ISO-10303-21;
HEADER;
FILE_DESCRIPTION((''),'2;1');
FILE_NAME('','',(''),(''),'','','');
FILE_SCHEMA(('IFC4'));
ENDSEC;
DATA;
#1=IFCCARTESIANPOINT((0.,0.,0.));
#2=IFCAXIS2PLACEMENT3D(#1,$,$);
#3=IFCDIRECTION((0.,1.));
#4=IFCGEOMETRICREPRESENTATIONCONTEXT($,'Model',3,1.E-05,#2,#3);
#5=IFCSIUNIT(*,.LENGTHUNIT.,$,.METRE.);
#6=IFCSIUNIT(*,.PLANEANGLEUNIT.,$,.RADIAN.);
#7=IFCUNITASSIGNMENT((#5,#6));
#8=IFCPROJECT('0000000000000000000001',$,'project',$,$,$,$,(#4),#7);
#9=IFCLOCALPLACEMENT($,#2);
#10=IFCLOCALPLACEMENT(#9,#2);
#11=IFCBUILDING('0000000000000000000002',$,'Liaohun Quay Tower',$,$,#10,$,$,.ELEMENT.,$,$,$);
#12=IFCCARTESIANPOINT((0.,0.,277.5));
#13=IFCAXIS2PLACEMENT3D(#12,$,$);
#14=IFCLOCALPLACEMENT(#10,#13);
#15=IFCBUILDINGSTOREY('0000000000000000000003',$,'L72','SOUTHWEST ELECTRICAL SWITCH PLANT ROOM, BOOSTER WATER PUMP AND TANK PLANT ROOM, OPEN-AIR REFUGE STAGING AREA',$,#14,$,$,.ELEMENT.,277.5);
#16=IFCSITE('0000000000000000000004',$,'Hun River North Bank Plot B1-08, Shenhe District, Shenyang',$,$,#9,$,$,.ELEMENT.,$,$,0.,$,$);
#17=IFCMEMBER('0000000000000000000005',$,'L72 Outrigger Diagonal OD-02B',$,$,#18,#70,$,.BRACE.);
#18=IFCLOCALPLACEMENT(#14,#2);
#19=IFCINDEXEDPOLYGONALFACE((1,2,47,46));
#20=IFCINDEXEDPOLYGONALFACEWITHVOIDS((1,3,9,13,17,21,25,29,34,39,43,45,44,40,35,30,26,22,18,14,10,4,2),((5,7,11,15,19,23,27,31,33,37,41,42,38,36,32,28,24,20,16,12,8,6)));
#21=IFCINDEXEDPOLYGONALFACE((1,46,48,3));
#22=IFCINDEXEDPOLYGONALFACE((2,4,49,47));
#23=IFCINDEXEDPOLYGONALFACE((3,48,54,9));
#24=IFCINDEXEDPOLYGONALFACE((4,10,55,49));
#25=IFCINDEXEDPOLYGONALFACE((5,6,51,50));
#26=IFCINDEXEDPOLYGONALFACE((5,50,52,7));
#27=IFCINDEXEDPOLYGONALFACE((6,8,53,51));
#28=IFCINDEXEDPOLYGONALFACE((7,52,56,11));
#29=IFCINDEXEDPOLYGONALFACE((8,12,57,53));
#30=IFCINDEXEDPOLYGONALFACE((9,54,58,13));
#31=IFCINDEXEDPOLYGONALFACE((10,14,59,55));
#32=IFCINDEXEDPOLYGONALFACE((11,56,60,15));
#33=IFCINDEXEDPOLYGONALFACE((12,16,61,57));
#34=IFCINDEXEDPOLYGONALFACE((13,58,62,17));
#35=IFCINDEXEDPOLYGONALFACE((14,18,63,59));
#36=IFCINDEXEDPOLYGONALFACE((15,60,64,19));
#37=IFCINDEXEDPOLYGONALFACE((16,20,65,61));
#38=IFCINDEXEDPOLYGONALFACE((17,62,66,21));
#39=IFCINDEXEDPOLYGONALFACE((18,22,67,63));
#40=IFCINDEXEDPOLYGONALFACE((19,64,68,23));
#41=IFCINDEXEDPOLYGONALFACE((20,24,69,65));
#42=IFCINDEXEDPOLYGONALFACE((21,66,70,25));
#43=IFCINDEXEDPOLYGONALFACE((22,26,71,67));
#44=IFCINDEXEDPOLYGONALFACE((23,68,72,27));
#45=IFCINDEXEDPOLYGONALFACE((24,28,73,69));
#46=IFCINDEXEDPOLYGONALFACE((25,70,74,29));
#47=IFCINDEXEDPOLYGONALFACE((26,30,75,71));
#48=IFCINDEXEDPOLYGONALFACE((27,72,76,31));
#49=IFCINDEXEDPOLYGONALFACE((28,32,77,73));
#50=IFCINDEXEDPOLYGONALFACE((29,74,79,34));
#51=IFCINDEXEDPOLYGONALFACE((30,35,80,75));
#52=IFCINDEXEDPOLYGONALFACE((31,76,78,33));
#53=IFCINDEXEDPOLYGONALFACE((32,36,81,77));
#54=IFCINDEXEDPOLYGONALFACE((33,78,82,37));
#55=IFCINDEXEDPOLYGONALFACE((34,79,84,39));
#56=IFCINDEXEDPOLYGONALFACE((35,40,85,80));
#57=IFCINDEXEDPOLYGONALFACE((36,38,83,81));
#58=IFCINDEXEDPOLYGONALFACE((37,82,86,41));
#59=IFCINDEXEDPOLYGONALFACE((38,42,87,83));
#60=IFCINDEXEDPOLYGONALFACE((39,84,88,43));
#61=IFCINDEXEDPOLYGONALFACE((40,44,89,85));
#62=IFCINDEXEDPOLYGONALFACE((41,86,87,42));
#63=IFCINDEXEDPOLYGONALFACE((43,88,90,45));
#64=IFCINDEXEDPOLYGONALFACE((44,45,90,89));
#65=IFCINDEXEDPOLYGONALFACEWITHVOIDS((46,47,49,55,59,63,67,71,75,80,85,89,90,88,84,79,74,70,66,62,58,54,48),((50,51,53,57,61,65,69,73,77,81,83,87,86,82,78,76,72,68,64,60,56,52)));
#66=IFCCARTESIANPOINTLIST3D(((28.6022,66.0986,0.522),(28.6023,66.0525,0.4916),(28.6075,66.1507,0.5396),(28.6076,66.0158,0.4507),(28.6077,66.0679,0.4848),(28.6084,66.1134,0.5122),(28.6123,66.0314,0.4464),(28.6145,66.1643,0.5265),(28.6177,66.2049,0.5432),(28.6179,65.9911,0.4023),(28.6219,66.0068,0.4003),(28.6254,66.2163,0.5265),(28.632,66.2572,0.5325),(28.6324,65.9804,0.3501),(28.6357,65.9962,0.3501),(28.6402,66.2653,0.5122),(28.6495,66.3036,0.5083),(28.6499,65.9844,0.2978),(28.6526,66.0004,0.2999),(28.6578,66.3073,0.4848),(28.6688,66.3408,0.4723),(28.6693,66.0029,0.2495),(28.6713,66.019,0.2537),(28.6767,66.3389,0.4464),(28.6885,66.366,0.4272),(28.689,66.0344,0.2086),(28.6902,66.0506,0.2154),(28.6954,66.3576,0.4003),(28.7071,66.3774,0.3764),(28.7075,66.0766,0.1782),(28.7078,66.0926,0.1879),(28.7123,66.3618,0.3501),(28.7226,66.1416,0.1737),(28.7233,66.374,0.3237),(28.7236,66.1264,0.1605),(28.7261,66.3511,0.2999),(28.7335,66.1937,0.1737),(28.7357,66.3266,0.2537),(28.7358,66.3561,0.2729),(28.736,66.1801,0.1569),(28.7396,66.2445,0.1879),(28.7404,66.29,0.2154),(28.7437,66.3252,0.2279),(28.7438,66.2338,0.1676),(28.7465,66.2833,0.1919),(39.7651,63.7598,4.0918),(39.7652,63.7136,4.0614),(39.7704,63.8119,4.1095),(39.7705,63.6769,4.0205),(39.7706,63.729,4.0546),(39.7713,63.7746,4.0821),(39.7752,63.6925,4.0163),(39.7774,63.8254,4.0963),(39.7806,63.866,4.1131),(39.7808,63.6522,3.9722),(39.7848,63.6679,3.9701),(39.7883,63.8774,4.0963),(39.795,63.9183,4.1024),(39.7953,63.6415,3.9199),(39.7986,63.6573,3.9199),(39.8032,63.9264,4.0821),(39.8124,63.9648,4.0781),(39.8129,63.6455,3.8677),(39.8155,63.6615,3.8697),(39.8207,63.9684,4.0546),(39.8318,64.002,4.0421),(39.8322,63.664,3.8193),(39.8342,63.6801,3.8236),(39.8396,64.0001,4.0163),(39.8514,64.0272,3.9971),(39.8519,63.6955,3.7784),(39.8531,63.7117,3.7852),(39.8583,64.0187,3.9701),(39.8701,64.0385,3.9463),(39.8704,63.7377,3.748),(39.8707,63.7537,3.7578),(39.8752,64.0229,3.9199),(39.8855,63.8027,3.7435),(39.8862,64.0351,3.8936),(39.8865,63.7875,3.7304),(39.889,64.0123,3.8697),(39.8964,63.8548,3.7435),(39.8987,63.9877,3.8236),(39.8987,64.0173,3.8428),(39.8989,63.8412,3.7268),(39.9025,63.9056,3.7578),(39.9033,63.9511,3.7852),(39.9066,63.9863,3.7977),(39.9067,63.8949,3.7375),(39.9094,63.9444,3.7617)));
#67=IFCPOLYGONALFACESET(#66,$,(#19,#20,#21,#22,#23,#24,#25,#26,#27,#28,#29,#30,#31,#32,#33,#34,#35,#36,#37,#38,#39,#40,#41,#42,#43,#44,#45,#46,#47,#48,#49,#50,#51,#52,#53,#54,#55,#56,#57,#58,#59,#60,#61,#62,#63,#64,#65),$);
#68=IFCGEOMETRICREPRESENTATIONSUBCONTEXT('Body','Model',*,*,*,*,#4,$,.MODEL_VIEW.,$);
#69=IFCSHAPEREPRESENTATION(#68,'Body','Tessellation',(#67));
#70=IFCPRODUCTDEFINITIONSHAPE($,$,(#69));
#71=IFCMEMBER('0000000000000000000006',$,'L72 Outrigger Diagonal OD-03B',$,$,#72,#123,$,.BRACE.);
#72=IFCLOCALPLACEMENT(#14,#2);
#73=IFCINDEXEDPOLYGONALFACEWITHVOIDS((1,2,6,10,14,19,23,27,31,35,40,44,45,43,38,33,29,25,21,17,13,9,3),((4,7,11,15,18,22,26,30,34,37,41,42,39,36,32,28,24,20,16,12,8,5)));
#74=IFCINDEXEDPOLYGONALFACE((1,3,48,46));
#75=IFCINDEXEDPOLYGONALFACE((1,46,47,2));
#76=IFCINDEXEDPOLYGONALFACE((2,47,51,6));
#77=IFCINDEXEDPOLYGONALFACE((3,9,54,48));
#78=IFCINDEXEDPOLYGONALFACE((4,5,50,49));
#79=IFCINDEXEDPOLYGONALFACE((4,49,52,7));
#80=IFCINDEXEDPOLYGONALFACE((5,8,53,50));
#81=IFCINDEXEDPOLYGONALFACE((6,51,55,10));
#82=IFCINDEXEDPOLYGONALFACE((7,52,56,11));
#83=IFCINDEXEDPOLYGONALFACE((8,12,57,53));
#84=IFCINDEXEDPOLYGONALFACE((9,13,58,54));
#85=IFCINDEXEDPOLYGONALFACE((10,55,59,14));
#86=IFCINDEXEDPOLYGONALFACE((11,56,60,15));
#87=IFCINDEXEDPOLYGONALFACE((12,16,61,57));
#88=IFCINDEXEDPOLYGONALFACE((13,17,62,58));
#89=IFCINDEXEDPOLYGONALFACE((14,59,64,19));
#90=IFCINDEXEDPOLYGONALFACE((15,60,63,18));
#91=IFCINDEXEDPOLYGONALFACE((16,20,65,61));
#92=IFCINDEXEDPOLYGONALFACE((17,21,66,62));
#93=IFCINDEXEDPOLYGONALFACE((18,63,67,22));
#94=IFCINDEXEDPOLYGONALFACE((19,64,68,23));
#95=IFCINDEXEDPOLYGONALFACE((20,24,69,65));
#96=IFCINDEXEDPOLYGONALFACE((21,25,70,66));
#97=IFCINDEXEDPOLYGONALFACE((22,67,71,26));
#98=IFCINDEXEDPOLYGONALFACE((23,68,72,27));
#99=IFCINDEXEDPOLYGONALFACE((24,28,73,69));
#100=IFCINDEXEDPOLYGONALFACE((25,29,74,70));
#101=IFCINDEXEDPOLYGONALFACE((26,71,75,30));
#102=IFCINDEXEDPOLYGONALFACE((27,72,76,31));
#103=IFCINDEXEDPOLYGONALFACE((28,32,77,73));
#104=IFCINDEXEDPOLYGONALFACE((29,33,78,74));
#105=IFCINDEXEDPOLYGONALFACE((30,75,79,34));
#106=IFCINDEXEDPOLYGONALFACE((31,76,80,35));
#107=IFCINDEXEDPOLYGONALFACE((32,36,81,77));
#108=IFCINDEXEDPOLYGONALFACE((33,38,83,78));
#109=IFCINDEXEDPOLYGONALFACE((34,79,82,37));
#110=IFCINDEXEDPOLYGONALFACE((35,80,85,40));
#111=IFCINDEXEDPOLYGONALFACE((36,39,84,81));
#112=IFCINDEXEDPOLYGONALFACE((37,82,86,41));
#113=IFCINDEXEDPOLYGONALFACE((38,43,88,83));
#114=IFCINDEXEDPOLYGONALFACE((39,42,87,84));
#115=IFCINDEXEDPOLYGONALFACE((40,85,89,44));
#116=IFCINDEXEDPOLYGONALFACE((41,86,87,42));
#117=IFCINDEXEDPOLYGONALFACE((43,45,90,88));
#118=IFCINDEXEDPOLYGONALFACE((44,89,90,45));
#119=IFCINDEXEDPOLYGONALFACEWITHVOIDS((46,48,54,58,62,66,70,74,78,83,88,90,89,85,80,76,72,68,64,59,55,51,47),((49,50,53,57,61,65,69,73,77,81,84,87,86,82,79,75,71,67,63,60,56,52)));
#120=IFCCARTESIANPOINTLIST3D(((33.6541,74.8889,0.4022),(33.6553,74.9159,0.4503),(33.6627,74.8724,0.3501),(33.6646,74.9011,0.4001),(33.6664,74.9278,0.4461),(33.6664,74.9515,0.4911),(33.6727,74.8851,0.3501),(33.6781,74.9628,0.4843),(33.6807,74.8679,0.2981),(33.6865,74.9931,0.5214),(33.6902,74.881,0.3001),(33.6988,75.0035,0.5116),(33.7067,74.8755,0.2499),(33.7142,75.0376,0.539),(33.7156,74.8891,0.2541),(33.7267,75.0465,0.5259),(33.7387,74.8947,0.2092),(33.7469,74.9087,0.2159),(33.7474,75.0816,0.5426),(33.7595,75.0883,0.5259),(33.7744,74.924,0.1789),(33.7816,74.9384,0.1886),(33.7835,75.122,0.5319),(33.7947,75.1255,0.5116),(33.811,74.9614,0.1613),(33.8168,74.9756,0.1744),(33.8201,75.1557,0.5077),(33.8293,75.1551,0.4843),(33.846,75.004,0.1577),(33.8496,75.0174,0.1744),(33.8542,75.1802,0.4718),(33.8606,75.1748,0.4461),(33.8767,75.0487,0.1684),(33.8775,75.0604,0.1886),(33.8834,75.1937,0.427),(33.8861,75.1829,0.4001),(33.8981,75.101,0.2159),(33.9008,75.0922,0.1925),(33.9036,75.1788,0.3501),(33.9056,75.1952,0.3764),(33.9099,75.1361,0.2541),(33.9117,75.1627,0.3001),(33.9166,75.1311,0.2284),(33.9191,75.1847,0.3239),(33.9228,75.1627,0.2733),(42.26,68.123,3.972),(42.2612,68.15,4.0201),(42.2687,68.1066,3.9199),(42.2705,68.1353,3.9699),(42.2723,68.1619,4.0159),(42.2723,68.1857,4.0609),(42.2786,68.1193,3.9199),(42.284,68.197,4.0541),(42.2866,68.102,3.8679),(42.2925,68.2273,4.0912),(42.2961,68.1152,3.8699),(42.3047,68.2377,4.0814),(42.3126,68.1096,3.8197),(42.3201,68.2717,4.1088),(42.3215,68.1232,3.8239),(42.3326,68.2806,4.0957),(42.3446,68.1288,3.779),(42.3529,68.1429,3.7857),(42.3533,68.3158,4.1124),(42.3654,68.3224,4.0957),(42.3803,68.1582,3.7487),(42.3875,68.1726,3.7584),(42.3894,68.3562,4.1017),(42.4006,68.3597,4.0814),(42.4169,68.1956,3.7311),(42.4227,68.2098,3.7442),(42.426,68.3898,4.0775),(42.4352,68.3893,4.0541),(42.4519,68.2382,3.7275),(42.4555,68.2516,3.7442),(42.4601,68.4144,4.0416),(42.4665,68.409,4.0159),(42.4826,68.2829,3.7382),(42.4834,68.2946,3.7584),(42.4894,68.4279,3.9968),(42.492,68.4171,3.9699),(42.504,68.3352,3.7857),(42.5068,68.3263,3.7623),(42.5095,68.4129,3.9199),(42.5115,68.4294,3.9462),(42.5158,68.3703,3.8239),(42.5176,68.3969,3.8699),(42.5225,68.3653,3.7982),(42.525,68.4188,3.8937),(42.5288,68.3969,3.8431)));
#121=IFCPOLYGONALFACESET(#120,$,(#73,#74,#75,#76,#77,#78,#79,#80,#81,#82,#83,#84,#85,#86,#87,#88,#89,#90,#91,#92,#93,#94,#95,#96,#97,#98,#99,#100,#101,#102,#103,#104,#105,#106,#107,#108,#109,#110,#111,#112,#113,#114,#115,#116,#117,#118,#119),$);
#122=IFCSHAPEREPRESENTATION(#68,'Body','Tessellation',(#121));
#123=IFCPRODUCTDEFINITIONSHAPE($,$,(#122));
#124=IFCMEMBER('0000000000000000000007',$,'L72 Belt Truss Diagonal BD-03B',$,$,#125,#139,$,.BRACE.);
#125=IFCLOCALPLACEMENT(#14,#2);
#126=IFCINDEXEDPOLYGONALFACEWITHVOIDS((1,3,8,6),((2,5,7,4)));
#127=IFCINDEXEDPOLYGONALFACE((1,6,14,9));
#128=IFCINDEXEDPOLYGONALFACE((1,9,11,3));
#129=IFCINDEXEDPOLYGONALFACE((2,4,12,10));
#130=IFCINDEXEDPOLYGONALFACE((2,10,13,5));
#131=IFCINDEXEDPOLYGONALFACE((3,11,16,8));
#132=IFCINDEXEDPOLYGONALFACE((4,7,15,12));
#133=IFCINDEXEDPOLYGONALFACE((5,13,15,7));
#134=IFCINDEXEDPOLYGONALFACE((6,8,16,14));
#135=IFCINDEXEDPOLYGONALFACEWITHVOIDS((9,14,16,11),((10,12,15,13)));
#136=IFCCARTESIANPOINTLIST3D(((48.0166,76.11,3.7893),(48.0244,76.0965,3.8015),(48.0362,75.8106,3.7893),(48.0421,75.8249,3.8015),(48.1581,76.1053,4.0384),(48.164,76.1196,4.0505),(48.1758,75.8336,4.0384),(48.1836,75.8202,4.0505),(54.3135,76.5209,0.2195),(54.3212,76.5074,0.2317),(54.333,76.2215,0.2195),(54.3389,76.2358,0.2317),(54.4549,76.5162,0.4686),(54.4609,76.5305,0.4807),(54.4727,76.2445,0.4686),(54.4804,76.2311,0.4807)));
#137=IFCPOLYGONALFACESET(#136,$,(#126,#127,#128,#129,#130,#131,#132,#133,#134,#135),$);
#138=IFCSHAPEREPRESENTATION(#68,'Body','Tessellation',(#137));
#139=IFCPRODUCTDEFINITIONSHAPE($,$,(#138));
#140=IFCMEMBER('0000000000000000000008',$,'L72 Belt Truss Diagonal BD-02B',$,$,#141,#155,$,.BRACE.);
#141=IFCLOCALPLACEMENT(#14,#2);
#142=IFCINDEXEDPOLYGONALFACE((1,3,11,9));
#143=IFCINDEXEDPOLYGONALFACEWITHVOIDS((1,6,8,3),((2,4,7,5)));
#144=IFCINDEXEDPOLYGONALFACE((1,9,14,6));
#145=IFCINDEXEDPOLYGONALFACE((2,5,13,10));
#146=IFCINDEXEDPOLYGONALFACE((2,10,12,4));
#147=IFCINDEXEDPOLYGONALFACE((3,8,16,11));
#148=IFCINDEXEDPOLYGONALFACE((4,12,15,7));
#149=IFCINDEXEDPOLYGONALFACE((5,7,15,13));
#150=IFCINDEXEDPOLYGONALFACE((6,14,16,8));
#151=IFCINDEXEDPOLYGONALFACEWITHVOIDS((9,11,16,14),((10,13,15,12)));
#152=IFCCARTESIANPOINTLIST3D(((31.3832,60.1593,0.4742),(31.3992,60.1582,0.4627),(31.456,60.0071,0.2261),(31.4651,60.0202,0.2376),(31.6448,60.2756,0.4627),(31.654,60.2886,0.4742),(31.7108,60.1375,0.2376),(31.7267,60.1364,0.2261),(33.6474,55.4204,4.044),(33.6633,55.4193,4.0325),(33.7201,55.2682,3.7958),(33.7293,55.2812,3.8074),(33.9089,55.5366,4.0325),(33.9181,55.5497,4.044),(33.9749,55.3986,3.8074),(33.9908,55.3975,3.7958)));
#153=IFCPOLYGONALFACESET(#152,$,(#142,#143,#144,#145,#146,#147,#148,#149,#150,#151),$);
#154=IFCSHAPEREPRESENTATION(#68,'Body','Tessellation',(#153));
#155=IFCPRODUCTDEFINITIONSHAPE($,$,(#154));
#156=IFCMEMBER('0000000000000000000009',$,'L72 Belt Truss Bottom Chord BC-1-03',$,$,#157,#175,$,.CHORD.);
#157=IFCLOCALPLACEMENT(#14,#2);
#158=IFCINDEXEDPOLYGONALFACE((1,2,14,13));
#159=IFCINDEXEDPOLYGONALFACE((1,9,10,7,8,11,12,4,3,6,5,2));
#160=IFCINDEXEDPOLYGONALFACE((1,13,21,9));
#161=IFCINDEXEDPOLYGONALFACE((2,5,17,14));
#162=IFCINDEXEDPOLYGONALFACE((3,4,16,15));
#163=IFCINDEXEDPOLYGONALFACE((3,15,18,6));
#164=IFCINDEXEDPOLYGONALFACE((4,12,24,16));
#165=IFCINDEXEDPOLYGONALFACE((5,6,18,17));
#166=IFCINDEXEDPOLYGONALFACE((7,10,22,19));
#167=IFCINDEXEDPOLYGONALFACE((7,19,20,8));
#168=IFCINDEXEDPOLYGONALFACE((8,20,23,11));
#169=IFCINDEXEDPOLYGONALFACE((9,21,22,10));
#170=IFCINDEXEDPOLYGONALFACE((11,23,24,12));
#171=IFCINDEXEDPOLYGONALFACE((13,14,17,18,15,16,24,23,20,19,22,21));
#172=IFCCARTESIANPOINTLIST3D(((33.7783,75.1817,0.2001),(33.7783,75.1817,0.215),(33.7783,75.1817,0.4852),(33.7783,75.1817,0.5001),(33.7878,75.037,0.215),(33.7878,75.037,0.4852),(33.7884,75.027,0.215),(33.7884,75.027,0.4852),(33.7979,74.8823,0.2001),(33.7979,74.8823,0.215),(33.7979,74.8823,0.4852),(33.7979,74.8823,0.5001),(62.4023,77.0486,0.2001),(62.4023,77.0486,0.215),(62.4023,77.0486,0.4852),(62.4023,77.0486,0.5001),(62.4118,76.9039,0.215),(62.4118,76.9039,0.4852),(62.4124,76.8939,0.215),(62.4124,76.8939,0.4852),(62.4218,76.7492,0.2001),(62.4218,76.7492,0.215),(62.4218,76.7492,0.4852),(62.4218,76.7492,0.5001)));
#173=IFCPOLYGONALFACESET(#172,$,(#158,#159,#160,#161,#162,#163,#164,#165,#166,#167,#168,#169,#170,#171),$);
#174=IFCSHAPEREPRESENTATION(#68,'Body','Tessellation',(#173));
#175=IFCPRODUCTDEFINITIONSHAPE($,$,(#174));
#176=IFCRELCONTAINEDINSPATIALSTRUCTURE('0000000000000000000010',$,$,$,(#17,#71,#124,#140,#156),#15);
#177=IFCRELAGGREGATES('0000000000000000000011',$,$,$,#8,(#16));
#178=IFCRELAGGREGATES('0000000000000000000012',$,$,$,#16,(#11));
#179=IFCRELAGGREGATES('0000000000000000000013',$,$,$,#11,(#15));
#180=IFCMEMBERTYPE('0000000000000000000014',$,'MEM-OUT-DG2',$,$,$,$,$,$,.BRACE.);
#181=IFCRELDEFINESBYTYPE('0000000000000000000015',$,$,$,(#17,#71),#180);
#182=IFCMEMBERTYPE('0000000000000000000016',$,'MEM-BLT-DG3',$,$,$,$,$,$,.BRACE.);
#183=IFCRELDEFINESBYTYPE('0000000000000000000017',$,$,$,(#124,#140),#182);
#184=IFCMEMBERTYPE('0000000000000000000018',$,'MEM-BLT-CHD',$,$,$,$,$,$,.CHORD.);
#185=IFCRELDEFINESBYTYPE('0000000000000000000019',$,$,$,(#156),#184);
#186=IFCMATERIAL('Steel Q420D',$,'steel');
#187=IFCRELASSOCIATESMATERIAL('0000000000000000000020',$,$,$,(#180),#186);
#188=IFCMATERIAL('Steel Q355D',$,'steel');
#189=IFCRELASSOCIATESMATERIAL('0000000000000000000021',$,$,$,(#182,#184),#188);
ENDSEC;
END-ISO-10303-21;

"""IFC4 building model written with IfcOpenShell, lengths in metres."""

from ifc_helpers import new_model, si_unit, direction, frame, origin, origin_2d, place, context, subcontext, project, spatial, hollow_rectangle, hollow_circle, i_section, extrude, source, transform, mapped, material, material_profile, profile_set, type_object, element, save


model = new_model("IFC4")

# Units and contexts
model_context = context("Model", 3, precision=1e-05, world=origin(), true_north=direction((0.0, 1.0)))
body_context = subcontext(model_context, "Body", "Model", "MODEL_VIEW")
ifc_project = project(units=[si_unit("LENGTHUNIT", "METRE"), si_unit("PLANEANGLEUNIT", "RADIAN")], contexts=[model_context])

# Site, building, storey
site_placement = place(None, origin())
site = spatial("IfcSite", under=ifc_project, at=site_placement, Name="Hun River North Bank Plot B1-08, Shenhe District, Shenyang", CompositionType="ELEMENT", RefElevation=0.0)
building_placement = place(site_placement, origin())
building = spatial("IfcBuilding", under=site, at=building_placement, Name="Liaohun Quay Tower", CompositionType="ELEMENT")
storey_placement = place(building_placement, frame((0.0, 0.0, 277.5)))
storey = spatial("IfcBuildingStorey", under=building, at=storey_placement, Name="L72", Description="SOUTHWEST ELECTRICAL SWITCH PLANT ROOM, BOOSTER WATER PUMP AND TANK PLANT ROOM, OPEN-AIR REFUGE STAGING AREA", CompositionType="ELEMENT", Elevation=277.5)

# Shared definitions
ifc_material_1 = material(Name="Steel Q355D", Category="steel")

# Members
ifc_material_2 = material(Name="Steel Q420D", Category="steel")
ifc_material_profile_1 = material_profile(ifc_material_2, hollow_circle(Radius=0.2029, WallThickness=0.0161, at=origin_2d()), Name="CHS406x16")
ifc_profile_set_1 = profile_set([ifc_material_profile_1], Name="Steel Q420D")
member_type_1 = type_object("IfcMemberType", Name="MEM-OUT-DG2", PredefinedType="BRACE", material=ifc_profile_set_1)
shared_shape_1 = source(origin(), body_context, "Body", "SweptSolid", [
    extrude(hollow_circle(Radius=0.2029, WallThickness=0.0161, at=origin_2d()), origin(), (0.0, 0.0, 1.0), 11.9509),
])
member_1_placement = place(storey_placement, frame((39.8369, 63.8401, 3.9199), z_axis=(-0.934062, 0.195707, -0.298709), x_axis=(-0.20507, -0.978747, 0.0)))
element("IfcMember", 1, at=member_1_placement, inside=storey, type_object=member_type_1, Name="L72 Outrigger Diagonal OD-02B", PredefinedType="BRACE", context=body_context, shape_type="MappedRepresentation", body=[
    mapped(shared_shape_1, transform((0.0, 0.0, 0.0), x_axis=(1.0, 0.0, 0.0), y_axis=(0.0, 1.0, 0.0), z_axis=(0.0, 0.0, 1.0), scale=1.0)),
])
shared_shape_2 = source(origin(), body_context, "Body", "SweptSolid", [
    extrude(hollow_circle(Radius=0.2029, WallThickness=0.0161, at=origin_2d()), origin(), (0.0, 0.0, 1.0), 11.5144),
])
member_2_placement = place(storey_placement, frame((42.394, 68.2661, 3.9199), z_axis=(-0.747403, 0.587597, -0.310029), x_axis=(-0.61805, -0.786139, 0.0)))
element("IfcMember", 2, at=member_2_placement, inside=storey, type_object=member_type_1, Name="L72 Outrigger Diagonal OD-03B", PredefinedType="BRACE", context=body_context, shape_type="MappedRepresentation", body=[
    mapped(shared_shape_2, transform((0.0, 0.0, 0.0), x_axis=(1.0, 0.0, 0.0), y_axis=(0.0, 1.0, 0.0), z_axis=(0.0, 0.0, 1.0), scale=1.0)),
])
ifc_material_profile_2 = material_profile(ifc_material_1, hollow_rectangle(XDim=0.3, YDim=0.3, WallThickness=0.0139, at=origin_2d()), Name="SHS300x300x14")
ifc_profile_set_2 = profile_set([ifc_material_profile_2], Name="Steel Q355D")
member_type_2 = type_object("IfcMemberType", Name="MEM-BLT-DG3", PredefinedType="BRACE", material=ifc_profile_set_2)
shared_shape_3 = source(origin(), body_context, "Body", "SweptSolid", [
    extrude(hollow_rectangle(XDim=0.3, YDim=0.3, WallThickness=0.0139, at=origin_2d()), origin(), (0.0, 0.0, 1.0), 7.25),
])
member_3_placement = place(storey_placement, frame((48.1001, 75.9651, 3.9199), z_axis=(0.868529, 0.056674, -0.492387), x_axis=(-0.065114, 0.997878, 0.0)))
element("IfcMember", 3, at=member_3_placement, inside=storey, type_object=member_type_2, Name="L72 Belt Truss Diagonal BD-03B", PredefinedType="BRACE", context=body_context, shape_type="MappedRepresentation", body=[
    mapped(shared_shape_3, transform((0.0, 0.0, 0.0), x_axis=(1.0, 0.0, 0.0), y_axis=(0.0, 1.0, 0.0), z_axis=(0.0, 0.0, 1.0), scale=1.0)),
])
shared_shape_4 = source(origin(), body_context, "Body", "SweptSolid", [
    extrude(hollow_rectangle(XDim=0.3, YDim=0.3, WallThickness=0.0139, at=origin_2d()), origin(), (0.0, 0.0, 1.0), 6.3503),
])
member_4_placement = place(storey_placement, frame((33.8191, 55.4089, 3.9199), z_axis=(-0.356535, 0.746248, -0.562136), x_axis=(-0.902306, -0.431095, 0.0)))
element("IfcMember", 4, at=member_4_placement, inside=storey, type_object=member_type_2, Name="L72 Belt Truss Diagonal BD-02B", PredefinedType="BRACE", context=body_context, shape_type="MappedRepresentation", body=[
    mapped(shared_shape_4, transform((0.0, 0.0, 0.0), x_axis=(1.0, 0.0, 0.0), y_axis=(0.0, 1.0, 0.0), z_axis=(0.0, 0.0, 1.0), scale=1.0)),
])
ifc_material_profile_3 = material_profile(ifc_material_1, i_section(OverallWidth=0.3, OverallDepth=0.3, WebThickness=0.01, FlangeThickness=0.0149, at=origin_2d()), Name="HW300x300x10x15")
ifc_profile_set_3 = profile_set([ifc_material_profile_3], Name="Steel Q355D")
member_type_3 = type_object("IfcMemberType", Name="MEM-BLT-CHD", PredefinedType="CHORD", material=ifc_profile_set_3)
shared_shape_5 = source(origin(), body_context, "Body", "SweptSolid", [
    extrude(i_section(OverallWidth=0.3, OverallDepth=0.3, WebThickness=0.01, FlangeThickness=0.0149, at=origin_2d()), origin(), (0.0, 0.0, 1.0), 28.6848),
])
member_5_placement = place(storey_placement, frame((33.7881, 75.032, 0.3501), z_axis=(0.99788, 0.065085, 0.0), x_axis=(-0.065085, 0.99788, 0.0)))
element("IfcMember", 5, at=member_5_placement, inside=storey, type_object=member_type_3, Name="L72 Belt Truss Bottom Chord BC-1-03", PredefinedType="CHORD", context=body_context, shape_type="MappedRepresentation", body=[
    mapped(shared_shape_5, transform((0.0, 0.0, 0.0), x_axis=(1.0, 0.0, 0.0), y_axis=(0.0, 1.0, 0.0), z_axis=(0.0, 0.0, 1.0), scale=1.0)),
])

save(model, "model.ifc")
